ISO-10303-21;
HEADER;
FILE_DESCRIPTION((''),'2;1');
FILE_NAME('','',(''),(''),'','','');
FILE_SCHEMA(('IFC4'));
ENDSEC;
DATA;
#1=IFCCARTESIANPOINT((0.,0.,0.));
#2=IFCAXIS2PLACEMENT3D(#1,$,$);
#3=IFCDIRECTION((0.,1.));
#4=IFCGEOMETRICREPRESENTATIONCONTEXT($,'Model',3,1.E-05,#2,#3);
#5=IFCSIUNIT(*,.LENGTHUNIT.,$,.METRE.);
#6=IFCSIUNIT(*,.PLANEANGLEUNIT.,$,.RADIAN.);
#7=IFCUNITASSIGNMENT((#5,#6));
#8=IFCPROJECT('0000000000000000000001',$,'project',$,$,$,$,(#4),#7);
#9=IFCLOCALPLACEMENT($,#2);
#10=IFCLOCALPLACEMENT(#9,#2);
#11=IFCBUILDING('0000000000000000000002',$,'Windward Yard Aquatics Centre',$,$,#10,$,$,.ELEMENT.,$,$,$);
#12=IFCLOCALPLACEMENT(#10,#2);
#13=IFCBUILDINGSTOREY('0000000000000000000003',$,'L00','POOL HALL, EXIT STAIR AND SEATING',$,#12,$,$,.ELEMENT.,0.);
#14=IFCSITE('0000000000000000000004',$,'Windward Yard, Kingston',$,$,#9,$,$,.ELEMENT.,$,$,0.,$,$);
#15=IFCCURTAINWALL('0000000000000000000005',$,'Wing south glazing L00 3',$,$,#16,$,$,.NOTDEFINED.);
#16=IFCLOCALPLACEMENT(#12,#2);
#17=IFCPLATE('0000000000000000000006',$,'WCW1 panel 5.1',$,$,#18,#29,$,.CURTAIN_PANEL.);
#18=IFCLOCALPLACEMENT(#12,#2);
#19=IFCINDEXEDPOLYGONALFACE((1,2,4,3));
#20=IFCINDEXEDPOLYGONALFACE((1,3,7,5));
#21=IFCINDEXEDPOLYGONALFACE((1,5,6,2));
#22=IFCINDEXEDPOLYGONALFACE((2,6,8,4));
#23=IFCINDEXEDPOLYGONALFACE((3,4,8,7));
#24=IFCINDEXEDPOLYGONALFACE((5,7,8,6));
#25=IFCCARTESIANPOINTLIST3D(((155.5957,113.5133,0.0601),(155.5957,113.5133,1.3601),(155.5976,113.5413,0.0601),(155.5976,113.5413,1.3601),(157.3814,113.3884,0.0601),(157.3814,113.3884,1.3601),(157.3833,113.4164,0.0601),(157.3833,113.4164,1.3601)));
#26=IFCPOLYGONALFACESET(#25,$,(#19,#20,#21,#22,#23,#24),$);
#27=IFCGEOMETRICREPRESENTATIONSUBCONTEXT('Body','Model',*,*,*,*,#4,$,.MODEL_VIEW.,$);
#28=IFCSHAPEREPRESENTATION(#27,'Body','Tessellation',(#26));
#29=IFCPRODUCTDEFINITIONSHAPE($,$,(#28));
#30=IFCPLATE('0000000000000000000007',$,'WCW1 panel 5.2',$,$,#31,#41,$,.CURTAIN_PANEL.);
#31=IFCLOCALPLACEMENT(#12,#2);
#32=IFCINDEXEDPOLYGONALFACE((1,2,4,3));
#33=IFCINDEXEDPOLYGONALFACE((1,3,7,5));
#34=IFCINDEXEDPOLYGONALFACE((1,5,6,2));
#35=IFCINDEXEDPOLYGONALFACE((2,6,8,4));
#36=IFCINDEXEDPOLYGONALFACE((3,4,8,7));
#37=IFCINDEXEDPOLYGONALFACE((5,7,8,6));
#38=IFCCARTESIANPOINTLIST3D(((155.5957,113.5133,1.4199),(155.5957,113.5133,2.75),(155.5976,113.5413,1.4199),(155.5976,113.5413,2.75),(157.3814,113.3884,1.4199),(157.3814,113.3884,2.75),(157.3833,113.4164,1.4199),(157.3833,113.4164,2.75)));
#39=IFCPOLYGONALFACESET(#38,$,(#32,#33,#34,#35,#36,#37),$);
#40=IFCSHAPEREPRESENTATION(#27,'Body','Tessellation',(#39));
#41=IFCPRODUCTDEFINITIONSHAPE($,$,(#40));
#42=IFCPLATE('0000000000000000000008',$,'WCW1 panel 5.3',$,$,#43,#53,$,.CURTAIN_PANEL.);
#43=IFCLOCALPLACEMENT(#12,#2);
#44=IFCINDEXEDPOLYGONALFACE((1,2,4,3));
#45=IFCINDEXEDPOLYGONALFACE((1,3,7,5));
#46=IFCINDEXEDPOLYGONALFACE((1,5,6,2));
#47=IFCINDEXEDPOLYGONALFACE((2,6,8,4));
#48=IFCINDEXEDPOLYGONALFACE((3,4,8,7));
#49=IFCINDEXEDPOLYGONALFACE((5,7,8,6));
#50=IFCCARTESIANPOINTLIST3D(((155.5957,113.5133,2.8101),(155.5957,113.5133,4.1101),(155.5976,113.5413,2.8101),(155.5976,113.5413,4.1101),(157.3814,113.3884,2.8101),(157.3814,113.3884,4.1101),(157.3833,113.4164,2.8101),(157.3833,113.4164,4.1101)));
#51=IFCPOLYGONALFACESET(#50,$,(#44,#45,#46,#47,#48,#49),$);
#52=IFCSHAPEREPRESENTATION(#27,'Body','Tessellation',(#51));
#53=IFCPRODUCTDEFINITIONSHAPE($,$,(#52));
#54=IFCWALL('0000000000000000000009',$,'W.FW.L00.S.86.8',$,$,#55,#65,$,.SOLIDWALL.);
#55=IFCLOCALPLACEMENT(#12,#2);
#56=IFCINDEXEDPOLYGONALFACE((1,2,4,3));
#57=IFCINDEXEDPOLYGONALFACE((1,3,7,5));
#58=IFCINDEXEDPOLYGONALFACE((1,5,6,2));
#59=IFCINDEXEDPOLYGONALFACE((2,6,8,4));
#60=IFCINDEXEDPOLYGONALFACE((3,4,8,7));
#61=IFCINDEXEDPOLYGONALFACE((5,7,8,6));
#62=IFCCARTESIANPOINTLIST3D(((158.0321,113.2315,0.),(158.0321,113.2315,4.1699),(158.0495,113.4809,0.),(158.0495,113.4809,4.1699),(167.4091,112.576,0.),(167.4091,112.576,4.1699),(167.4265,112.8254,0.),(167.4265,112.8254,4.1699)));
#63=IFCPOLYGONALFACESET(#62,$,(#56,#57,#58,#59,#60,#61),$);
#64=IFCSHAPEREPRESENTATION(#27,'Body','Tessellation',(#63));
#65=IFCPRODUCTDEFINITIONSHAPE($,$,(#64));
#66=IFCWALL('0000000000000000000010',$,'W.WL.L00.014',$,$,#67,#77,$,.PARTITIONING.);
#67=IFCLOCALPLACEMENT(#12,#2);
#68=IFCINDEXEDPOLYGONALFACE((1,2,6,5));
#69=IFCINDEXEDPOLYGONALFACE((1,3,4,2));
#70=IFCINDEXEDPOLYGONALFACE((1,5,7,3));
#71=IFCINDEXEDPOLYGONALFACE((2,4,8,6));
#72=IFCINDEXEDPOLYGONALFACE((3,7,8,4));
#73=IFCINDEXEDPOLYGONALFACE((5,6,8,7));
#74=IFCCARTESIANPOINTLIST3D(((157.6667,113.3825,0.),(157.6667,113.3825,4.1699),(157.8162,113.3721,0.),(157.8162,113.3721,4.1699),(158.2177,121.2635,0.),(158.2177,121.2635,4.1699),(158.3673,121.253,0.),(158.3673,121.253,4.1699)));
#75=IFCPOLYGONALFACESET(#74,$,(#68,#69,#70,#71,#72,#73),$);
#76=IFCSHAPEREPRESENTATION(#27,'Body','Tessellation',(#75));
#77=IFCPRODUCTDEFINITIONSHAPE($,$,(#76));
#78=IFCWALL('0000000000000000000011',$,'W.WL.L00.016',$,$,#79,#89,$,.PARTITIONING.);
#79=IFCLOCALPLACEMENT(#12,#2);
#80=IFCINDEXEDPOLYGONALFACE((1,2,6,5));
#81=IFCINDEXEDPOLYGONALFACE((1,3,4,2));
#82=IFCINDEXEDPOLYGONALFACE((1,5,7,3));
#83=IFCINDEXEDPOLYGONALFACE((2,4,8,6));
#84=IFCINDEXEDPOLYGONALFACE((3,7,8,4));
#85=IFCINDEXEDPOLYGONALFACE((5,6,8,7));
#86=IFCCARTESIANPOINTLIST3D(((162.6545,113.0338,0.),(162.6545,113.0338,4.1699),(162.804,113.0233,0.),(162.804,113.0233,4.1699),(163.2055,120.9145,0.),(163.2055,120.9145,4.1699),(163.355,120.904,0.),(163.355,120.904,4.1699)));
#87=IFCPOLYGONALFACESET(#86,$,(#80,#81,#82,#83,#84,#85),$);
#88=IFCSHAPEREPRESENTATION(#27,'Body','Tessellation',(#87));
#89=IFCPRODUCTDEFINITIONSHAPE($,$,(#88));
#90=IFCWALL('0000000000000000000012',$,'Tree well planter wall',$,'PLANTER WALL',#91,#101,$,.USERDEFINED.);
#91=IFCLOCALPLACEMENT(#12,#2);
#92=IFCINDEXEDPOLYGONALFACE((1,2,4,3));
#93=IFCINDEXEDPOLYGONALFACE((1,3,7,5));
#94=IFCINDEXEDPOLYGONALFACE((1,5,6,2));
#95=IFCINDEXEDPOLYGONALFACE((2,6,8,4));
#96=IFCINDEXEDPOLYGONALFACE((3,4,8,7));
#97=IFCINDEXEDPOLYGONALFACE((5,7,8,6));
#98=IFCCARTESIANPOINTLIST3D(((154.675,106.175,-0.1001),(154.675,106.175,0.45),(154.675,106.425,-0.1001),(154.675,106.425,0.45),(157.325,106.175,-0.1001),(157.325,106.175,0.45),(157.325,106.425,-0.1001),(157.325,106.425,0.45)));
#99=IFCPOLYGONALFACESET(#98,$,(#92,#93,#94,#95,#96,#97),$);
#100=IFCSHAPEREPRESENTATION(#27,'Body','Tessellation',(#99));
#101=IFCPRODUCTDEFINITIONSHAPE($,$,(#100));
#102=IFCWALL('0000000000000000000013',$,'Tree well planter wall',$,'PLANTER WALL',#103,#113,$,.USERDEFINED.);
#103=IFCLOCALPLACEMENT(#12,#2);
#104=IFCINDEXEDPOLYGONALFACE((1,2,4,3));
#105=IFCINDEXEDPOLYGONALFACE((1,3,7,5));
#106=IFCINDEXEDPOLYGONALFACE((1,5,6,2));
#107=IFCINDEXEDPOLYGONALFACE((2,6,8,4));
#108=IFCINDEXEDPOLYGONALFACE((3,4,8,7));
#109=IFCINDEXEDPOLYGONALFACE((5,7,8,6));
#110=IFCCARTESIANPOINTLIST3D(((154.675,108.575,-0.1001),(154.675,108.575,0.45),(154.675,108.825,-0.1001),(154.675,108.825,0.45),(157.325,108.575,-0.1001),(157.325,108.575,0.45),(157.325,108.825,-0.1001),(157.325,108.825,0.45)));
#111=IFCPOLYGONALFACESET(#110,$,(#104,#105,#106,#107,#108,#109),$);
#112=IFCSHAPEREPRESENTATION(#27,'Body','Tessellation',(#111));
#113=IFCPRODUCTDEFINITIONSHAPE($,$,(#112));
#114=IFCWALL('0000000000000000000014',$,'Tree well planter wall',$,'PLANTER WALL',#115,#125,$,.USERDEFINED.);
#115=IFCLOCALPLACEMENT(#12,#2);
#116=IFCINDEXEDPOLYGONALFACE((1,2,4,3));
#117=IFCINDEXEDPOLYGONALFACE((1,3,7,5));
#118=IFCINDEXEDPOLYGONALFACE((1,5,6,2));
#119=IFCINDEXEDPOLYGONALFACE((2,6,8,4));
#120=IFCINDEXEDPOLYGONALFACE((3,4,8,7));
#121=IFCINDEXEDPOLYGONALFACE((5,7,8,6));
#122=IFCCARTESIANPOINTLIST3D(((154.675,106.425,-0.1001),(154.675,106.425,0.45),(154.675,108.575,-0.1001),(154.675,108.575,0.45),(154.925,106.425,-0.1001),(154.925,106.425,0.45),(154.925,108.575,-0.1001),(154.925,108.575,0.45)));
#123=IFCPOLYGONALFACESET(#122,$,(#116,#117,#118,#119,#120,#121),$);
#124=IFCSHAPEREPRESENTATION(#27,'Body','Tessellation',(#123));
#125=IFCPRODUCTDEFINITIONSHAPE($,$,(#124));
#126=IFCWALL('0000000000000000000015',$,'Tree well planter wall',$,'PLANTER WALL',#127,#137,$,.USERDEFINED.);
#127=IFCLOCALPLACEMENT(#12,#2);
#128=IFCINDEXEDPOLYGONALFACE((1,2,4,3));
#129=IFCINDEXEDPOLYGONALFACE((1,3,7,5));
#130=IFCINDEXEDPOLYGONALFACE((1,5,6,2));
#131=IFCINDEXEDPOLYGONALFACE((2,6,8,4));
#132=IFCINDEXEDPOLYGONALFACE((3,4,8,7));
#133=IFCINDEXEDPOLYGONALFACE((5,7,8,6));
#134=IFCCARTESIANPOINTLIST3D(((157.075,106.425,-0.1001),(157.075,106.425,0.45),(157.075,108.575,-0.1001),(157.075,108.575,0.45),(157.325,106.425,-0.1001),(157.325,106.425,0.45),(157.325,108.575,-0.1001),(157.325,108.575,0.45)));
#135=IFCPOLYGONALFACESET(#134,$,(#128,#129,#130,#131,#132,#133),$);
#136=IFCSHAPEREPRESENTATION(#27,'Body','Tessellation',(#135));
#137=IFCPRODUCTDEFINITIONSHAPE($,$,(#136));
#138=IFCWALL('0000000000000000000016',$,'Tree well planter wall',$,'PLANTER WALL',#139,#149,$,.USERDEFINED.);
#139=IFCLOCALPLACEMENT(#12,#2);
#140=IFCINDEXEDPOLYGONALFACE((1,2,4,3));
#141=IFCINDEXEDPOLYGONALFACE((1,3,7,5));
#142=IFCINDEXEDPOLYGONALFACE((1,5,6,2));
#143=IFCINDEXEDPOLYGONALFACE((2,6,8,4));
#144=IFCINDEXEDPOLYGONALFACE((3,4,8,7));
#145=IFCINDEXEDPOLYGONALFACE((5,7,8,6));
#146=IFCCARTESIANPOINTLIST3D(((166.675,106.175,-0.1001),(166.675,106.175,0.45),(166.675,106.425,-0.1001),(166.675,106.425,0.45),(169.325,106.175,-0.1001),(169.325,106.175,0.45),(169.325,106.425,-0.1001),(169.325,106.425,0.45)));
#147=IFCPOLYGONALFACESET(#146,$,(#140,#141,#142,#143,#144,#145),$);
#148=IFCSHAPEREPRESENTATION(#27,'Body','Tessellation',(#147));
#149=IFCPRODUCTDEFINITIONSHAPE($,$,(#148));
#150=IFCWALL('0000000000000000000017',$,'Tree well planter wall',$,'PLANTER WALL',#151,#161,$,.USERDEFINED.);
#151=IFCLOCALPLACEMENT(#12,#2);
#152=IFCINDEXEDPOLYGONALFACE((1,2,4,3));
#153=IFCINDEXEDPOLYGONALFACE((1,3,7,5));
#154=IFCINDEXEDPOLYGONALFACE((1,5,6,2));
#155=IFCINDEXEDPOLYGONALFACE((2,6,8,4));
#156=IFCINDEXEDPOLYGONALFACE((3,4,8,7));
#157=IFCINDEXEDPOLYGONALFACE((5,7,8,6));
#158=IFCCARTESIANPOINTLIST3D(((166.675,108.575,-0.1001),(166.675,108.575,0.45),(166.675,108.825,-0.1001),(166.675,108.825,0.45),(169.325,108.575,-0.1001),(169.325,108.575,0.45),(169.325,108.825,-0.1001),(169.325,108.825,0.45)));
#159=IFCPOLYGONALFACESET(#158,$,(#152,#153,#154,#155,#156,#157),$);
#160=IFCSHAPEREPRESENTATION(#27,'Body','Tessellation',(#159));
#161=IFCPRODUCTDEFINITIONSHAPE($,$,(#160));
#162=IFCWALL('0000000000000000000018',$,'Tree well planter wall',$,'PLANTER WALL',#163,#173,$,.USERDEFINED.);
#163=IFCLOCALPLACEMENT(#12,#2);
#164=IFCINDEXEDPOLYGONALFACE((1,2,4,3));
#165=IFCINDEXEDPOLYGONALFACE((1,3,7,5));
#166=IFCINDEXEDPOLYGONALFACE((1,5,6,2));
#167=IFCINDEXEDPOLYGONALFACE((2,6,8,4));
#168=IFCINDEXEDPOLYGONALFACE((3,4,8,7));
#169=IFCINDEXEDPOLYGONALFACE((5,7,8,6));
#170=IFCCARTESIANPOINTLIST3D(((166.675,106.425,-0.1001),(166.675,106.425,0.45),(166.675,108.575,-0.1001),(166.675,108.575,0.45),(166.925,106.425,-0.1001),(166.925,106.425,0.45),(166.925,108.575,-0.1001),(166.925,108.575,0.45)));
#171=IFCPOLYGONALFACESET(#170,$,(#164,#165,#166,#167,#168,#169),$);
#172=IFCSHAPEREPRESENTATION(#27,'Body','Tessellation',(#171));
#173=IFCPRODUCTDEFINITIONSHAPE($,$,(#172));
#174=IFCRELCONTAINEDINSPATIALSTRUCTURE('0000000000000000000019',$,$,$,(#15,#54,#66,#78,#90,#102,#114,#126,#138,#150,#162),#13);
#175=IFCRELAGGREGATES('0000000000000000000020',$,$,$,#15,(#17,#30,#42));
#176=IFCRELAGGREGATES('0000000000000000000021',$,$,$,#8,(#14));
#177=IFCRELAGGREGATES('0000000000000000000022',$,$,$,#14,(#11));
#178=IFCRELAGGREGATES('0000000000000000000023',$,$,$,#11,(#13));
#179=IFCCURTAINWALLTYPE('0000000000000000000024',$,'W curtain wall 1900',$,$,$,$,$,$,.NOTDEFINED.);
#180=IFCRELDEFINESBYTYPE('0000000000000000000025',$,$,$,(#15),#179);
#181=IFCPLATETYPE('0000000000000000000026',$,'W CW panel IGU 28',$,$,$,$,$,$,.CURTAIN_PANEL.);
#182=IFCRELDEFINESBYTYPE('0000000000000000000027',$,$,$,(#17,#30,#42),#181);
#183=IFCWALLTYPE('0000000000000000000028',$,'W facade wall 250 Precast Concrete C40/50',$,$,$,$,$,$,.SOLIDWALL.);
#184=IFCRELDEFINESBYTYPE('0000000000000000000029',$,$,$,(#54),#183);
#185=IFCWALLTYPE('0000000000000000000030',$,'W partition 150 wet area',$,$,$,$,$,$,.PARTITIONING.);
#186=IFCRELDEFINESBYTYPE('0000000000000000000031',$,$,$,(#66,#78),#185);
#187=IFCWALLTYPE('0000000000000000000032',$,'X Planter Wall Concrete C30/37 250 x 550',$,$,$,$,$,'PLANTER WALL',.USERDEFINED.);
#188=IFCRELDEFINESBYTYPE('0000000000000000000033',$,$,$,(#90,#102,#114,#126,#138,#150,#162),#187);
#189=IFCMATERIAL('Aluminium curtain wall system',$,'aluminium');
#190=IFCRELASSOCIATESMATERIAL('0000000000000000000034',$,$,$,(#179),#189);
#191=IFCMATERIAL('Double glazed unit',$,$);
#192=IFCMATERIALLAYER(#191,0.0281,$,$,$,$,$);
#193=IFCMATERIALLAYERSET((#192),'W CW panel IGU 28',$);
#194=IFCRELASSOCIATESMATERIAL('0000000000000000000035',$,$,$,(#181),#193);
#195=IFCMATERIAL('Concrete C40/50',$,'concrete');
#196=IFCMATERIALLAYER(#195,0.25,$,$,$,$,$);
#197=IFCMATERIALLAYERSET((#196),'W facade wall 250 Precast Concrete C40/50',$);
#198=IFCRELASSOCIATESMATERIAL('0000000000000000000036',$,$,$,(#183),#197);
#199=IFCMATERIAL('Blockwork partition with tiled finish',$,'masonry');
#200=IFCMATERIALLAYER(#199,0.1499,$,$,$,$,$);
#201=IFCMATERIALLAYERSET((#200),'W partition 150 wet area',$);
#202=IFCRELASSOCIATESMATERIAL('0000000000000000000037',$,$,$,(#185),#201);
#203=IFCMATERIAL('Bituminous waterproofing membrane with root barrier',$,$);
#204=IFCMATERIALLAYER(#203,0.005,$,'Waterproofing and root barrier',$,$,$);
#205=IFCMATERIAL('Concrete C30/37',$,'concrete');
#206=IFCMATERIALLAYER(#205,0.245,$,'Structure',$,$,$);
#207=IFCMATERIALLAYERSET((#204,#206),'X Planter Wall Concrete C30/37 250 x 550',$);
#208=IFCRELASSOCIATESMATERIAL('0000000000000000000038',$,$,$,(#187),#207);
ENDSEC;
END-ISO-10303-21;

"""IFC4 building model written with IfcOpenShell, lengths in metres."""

from ifc_helpers import new_model, si_unit, direction, frame, frame_2d, origin, origin_2d, place, context, subcontext, project, spatial, rectangle, extrude, material, layer, layer_set, type_object, element, aggregate, save


model = new_model("IFC4")

# Units and contexts
model_context = context("Model", 3, precision=1e-05, world=origin(), true_north=direction((0.0, 1.0)))
body_context = subcontext(model_context, "Body", "Model", "MODEL_VIEW")
ifc_project = project(units=[si_unit("LENGTHUNIT", "METRE"), si_unit("PLANEANGLEUNIT", "RADIAN")], contexts=[model_context])

# Site, building, storey
site_placement = place(None, origin())
site = spatial("IfcSite", under=ifc_project, at=site_placement, Name="Windward Yard, Kingston", CompositionType="ELEMENT", RefElevation=0.0)
building_placement = place(site_placement, origin())
building = spatial("IfcBuilding", under=site, at=building_placement, Name="Windward Yard Aquatics Centre", CompositionType="ELEMENT")
storey_placement = place(building_placement, origin())
storey = spatial("IfcBuildingStorey", under=building, at=storey_placement, Name="L00", Description="POOL HALL, EXIT STAIR AND SEATING", CompositionType="ELEMENT", Elevation=0.0)

# Curtain wall, plates
ifc_material_1 = material(Name="Aluminium curtain wall system", Category="aluminium")
curtain_wall_type = type_object("IfcCurtainWallType", Name="W curtain wall 1900", PredefinedType="NOTDEFINED", material=ifc_material_1)
curtain_wall_placement = place(storey_placement, origin())
curtain_wall = element("IfcCurtainWall", 1, at=curtain_wall_placement, inside=storey, type_object=curtain_wall_type, Name="Wing south glazing L00 3", PredefinedType="NOTDEFINED")
ifc_material_2 = material(Name="Double glazed unit")
ifc_layer_1 = layer(ifc_material_2, 0.0281)
ifc_layer_set_1 = layer_set([ifc_layer_1], Name="W CW panel IGU 28")
plate_type = type_object("IfcPlateType", Name="W CW panel IGU 28", PredefinedType="CURTAIN_PANEL", material=ifc_layer_set_1)
plate_1_placement = place(storey_placement, frame((156.4895, 113.4648, 0.0601), z_axis=(0.0, 0.0, 1.0), x_axis=(0.997564, -0.069755, 0.0)))
plate_1 = element("IfcPlate", 2, at=plate_1_placement, type_object=plate_type, Name="WCW1 panel 5.1", PredefinedType="CURTAIN_PANEL", context=body_context, shape_type="SweptSolid", body=[
    extrude(rectangle(XDim=1.79, YDim=0.0281, at=origin_2d()), origin(), (0.0, 0.0, 1.0), 1.3),
])
plate_2_placement = place(storey_placement, frame((156.4895, 113.4648, 1.4199), z_axis=(0.0, 0.0, 1.0), x_axis=(0.997564, -0.069755, 0.0)))
plate_2 = element("IfcPlate", 3, at=plate_2_placement, type_object=plate_type, Name="WCW1 panel 5.2", PredefinedType="CURTAIN_PANEL", context=body_context, shape_type="SweptSolid", body=[
    extrude(rectangle(XDim=1.79, YDim=0.0281, at=origin_2d()), origin(), (0.0, 0.0, 1.0), 1.3301),
])
plate_3_placement = place(storey_placement, frame((156.4895, 113.4648, 2.8101), z_axis=(0.0, 0.0, 1.0), x_axis=(0.997564, -0.069755, 0.0)))
plate_3 = element("IfcPlate", 4, at=plate_3_placement, type_object=plate_type, Name="WCW1 panel 5.3", PredefinedType="CURTAIN_PANEL", context=body_context, shape_type="SweptSolid", body=[
    extrude(rectangle(XDim=1.79, YDim=0.0281, at=origin_2d()), origin(), (0.0, 0.0, 1.0), 1.3),
])
aggregate(curtain_wall, [plate_1, plate_2, plate_3])

# Walls
ifc_material_3 = material(Name="Concrete C40/50", Category="concrete")
ifc_layer_2 = layer(ifc_material_3, 0.25)
ifc_layer_set_2 = layer_set([ifc_layer_2], Name="W facade wall 250 Precast Concrete C40/50")
wall_type_1 = type_object("IfcWallType", Name="W facade wall 250 Precast Concrete C40/50", PredefinedType="SOLIDWALL", material=ifc_layer_set_2)
wall_1_placement = place(storey_placement, frame((158.0408, 113.3562, 0.0), z_axis=(0.0, 0.0, 1.0), x_axis=(0.997565, -0.069737, 0.0)))
element("IfcWall", 5, at=wall_1_placement, inside=storey, type_object=wall_type_1, Name="W.FW.L00.S.86.8", PredefinedType="SOLIDWALL", context=body_context, shape_type="SweptSolid", body=[
    extrude(rectangle(XDim=9.3999, YDim=0.25, at=frame_2d((4.7, 0.0))), origin(), (0.0, 0.0, 1.0), 4.1699),
])
ifc_material_4 = material(Name="Blockwork partition with tiled finish", Category="masonry")
ifc_layer_3 = layer(ifc_material_4, 0.1499)
ifc_layer_set_3 = layer_set([ifc_layer_3], Name="W partition 150 wet area")
wall_type_2 = type_object("IfcWallType", Name="W partition 150 wet area", PredefinedType="PARTITIONING", material=ifc_layer_set_3)
wall_2_placement = place(storey_placement, frame((157.7415, 113.3772, 0.0), z_axis=(0.0, 0.0, 1.0), x_axis=(0.069749, 0.997565, 0.0)))
element("IfcWall", 6, at=wall_2_placement, inside=storey, type_object=wall_type_2, Name="W.WL.L00.014", PredefinedType="PARTITIONING", context=body_context, shape_type="SweptSolid", body=[
    extrude(rectangle(XDim=7.9001, YDim=0.1499, at=frame_2d((3.9502, 0.0))), origin(), (0.0, 0.0, 1.0), 4.1699),
])
wall_3_placement = place(storey_placement, frame((162.7292, 113.0286, 0.0), z_axis=(0.0, 0.0, 1.0), x_axis=(0.069751, 0.997564, 0.0)))
element("IfcWall", 7, at=wall_3_placement, inside=storey, type_object=wall_type_2, Name="W.WL.L00.016", PredefinedType="PARTITIONING", context=body_context, shape_type="SweptSolid", body=[
    extrude(rectangle(XDim=7.8999, YDim=0.1499, at=frame_2d((3.95, 0.0))), origin(), (0.0, 0.0, 1.0), 4.1699),
])
ifc_material_5 = material(Name="Bituminous waterproofing membrane with root barrier")
ifc_layer_4 = layer(ifc_material_5, 0.005, Name="Waterproofing and root barrier")
ifc_material_6 = material(Name="Concrete C30/37", Category="concrete")
ifc_layer_5 = layer(ifc_material_6, 0.245, Name="Structure")
ifc_layer_set_4 = layer_set([ifc_layer_4, ifc_layer_5], Name="X Planter Wall Concrete C30/37 250 x 550")
wall_type_3 = type_object("IfcWallType", Name="X Planter Wall Concrete C30/37 250 x 550", ElementType="PLANTER WALL", PredefinedType="USERDEFINED", material=ifc_layer_set_4)
for number, where, z_axis, x_axis, name in (
    (8, (154.675, 106.3, -0.1001), (0.0, 0.0, 1.0), (1.0, 0.0, 0.0), "Tree well planter wall"),
    (9, (154.675, 108.7, -0.1001), (0.0, 0.0, 1.0), (1.0, 0.0, 0.0), "Tree well planter wall"),
):
    element("IfcWall", number, at=place(storey_placement, frame(where, z_axis=z_axis, x_axis=x_axis)), inside=storey, type_object=wall_type_3, Name=name, ObjectType="PLANTER WALL", PredefinedType="USERDEFINED", context=body_context, shape_type="SweptSolid", body=[
        extrude(rectangle(XDim=2.6499, YDim=0.25, at=frame_2d((1.325, 0.0))), origin(), (0.0, 0.0, 1.0), 0.55),
    ])
for number, where, z_axis, x_axis, name in (
    (10, (154.8, 106.425, -0.1001), (0.0, 0.0, 1.0), (0.0, 1.0, 0.0), "Tree well planter wall"),
    (11, (157.2, 106.425, -0.1001), (0.0, 0.0, 1.0), (0.0, 1.0, 0.0), "Tree well planter wall"),
):
    element("IfcWall", number, at=place(storey_placement, frame(where, z_axis=z_axis, x_axis=x_axis)), inside=storey, type_object=wall_type_3, Name=name, ObjectType="PLANTER WALL", PredefinedType="USERDEFINED", context=body_context, shape_type="SweptSolid", body=[
        extrude(rectangle(XDim=2.1499, YDim=0.25, at=frame_2d((1.075, 0.0))), origin(), (0.0, 0.0, 1.0), 0.55),
    ])
for number, where, z_axis, x_axis, name in (
    (12, (166.675, 106.3, -0.1001), (0.0, 0.0, 1.0), (1.0, 0.0, 0.0), "Tree well planter wall"),
    (13, (166.675, 108.7, -0.1001), (0.0, 0.0, 1.0), (1.0, 0.0, 0.0), "Tree well planter wall"),
):
    element("IfcWall", number, at=place(storey_placement, frame(where, z_axis=z_axis, x_axis=x_axis)), inside=storey, type_object=wall_type_3, Name=name, ObjectType="PLANTER WALL", PredefinedType="USERDEFINED", context=body_context, shape_type="SweptSolid", body=[
        extrude(rectangle(XDim=2.6499, YDim=0.25, at=frame_2d((1.325, 0.0))), origin(), (0.0, 0.0, 1.0), 0.55),
    ])
wall_4_placement = place(storey_placement, frame((166.8, 106.425, -0.1001), z_axis=(0.0, 0.0, 1.0), x_axis=(0.0, 1.0, 0.0)))
element("IfcWall", 14, at=wall_4_placement, inside=storey, type_object=wall_type_3, Name="Tree well planter wall", ObjectType="PLANTER WALL", PredefinedType="USERDEFINED", context=body_context, shape_type="SweptSolid", body=[
    extrude(rectangle(XDim=2.1499, YDim=0.25, at=frame_2d((1.075, 0.0))), origin(), (0.0, 0.0, 1.0), 0.55),
])

save(model, "model.ifc")
